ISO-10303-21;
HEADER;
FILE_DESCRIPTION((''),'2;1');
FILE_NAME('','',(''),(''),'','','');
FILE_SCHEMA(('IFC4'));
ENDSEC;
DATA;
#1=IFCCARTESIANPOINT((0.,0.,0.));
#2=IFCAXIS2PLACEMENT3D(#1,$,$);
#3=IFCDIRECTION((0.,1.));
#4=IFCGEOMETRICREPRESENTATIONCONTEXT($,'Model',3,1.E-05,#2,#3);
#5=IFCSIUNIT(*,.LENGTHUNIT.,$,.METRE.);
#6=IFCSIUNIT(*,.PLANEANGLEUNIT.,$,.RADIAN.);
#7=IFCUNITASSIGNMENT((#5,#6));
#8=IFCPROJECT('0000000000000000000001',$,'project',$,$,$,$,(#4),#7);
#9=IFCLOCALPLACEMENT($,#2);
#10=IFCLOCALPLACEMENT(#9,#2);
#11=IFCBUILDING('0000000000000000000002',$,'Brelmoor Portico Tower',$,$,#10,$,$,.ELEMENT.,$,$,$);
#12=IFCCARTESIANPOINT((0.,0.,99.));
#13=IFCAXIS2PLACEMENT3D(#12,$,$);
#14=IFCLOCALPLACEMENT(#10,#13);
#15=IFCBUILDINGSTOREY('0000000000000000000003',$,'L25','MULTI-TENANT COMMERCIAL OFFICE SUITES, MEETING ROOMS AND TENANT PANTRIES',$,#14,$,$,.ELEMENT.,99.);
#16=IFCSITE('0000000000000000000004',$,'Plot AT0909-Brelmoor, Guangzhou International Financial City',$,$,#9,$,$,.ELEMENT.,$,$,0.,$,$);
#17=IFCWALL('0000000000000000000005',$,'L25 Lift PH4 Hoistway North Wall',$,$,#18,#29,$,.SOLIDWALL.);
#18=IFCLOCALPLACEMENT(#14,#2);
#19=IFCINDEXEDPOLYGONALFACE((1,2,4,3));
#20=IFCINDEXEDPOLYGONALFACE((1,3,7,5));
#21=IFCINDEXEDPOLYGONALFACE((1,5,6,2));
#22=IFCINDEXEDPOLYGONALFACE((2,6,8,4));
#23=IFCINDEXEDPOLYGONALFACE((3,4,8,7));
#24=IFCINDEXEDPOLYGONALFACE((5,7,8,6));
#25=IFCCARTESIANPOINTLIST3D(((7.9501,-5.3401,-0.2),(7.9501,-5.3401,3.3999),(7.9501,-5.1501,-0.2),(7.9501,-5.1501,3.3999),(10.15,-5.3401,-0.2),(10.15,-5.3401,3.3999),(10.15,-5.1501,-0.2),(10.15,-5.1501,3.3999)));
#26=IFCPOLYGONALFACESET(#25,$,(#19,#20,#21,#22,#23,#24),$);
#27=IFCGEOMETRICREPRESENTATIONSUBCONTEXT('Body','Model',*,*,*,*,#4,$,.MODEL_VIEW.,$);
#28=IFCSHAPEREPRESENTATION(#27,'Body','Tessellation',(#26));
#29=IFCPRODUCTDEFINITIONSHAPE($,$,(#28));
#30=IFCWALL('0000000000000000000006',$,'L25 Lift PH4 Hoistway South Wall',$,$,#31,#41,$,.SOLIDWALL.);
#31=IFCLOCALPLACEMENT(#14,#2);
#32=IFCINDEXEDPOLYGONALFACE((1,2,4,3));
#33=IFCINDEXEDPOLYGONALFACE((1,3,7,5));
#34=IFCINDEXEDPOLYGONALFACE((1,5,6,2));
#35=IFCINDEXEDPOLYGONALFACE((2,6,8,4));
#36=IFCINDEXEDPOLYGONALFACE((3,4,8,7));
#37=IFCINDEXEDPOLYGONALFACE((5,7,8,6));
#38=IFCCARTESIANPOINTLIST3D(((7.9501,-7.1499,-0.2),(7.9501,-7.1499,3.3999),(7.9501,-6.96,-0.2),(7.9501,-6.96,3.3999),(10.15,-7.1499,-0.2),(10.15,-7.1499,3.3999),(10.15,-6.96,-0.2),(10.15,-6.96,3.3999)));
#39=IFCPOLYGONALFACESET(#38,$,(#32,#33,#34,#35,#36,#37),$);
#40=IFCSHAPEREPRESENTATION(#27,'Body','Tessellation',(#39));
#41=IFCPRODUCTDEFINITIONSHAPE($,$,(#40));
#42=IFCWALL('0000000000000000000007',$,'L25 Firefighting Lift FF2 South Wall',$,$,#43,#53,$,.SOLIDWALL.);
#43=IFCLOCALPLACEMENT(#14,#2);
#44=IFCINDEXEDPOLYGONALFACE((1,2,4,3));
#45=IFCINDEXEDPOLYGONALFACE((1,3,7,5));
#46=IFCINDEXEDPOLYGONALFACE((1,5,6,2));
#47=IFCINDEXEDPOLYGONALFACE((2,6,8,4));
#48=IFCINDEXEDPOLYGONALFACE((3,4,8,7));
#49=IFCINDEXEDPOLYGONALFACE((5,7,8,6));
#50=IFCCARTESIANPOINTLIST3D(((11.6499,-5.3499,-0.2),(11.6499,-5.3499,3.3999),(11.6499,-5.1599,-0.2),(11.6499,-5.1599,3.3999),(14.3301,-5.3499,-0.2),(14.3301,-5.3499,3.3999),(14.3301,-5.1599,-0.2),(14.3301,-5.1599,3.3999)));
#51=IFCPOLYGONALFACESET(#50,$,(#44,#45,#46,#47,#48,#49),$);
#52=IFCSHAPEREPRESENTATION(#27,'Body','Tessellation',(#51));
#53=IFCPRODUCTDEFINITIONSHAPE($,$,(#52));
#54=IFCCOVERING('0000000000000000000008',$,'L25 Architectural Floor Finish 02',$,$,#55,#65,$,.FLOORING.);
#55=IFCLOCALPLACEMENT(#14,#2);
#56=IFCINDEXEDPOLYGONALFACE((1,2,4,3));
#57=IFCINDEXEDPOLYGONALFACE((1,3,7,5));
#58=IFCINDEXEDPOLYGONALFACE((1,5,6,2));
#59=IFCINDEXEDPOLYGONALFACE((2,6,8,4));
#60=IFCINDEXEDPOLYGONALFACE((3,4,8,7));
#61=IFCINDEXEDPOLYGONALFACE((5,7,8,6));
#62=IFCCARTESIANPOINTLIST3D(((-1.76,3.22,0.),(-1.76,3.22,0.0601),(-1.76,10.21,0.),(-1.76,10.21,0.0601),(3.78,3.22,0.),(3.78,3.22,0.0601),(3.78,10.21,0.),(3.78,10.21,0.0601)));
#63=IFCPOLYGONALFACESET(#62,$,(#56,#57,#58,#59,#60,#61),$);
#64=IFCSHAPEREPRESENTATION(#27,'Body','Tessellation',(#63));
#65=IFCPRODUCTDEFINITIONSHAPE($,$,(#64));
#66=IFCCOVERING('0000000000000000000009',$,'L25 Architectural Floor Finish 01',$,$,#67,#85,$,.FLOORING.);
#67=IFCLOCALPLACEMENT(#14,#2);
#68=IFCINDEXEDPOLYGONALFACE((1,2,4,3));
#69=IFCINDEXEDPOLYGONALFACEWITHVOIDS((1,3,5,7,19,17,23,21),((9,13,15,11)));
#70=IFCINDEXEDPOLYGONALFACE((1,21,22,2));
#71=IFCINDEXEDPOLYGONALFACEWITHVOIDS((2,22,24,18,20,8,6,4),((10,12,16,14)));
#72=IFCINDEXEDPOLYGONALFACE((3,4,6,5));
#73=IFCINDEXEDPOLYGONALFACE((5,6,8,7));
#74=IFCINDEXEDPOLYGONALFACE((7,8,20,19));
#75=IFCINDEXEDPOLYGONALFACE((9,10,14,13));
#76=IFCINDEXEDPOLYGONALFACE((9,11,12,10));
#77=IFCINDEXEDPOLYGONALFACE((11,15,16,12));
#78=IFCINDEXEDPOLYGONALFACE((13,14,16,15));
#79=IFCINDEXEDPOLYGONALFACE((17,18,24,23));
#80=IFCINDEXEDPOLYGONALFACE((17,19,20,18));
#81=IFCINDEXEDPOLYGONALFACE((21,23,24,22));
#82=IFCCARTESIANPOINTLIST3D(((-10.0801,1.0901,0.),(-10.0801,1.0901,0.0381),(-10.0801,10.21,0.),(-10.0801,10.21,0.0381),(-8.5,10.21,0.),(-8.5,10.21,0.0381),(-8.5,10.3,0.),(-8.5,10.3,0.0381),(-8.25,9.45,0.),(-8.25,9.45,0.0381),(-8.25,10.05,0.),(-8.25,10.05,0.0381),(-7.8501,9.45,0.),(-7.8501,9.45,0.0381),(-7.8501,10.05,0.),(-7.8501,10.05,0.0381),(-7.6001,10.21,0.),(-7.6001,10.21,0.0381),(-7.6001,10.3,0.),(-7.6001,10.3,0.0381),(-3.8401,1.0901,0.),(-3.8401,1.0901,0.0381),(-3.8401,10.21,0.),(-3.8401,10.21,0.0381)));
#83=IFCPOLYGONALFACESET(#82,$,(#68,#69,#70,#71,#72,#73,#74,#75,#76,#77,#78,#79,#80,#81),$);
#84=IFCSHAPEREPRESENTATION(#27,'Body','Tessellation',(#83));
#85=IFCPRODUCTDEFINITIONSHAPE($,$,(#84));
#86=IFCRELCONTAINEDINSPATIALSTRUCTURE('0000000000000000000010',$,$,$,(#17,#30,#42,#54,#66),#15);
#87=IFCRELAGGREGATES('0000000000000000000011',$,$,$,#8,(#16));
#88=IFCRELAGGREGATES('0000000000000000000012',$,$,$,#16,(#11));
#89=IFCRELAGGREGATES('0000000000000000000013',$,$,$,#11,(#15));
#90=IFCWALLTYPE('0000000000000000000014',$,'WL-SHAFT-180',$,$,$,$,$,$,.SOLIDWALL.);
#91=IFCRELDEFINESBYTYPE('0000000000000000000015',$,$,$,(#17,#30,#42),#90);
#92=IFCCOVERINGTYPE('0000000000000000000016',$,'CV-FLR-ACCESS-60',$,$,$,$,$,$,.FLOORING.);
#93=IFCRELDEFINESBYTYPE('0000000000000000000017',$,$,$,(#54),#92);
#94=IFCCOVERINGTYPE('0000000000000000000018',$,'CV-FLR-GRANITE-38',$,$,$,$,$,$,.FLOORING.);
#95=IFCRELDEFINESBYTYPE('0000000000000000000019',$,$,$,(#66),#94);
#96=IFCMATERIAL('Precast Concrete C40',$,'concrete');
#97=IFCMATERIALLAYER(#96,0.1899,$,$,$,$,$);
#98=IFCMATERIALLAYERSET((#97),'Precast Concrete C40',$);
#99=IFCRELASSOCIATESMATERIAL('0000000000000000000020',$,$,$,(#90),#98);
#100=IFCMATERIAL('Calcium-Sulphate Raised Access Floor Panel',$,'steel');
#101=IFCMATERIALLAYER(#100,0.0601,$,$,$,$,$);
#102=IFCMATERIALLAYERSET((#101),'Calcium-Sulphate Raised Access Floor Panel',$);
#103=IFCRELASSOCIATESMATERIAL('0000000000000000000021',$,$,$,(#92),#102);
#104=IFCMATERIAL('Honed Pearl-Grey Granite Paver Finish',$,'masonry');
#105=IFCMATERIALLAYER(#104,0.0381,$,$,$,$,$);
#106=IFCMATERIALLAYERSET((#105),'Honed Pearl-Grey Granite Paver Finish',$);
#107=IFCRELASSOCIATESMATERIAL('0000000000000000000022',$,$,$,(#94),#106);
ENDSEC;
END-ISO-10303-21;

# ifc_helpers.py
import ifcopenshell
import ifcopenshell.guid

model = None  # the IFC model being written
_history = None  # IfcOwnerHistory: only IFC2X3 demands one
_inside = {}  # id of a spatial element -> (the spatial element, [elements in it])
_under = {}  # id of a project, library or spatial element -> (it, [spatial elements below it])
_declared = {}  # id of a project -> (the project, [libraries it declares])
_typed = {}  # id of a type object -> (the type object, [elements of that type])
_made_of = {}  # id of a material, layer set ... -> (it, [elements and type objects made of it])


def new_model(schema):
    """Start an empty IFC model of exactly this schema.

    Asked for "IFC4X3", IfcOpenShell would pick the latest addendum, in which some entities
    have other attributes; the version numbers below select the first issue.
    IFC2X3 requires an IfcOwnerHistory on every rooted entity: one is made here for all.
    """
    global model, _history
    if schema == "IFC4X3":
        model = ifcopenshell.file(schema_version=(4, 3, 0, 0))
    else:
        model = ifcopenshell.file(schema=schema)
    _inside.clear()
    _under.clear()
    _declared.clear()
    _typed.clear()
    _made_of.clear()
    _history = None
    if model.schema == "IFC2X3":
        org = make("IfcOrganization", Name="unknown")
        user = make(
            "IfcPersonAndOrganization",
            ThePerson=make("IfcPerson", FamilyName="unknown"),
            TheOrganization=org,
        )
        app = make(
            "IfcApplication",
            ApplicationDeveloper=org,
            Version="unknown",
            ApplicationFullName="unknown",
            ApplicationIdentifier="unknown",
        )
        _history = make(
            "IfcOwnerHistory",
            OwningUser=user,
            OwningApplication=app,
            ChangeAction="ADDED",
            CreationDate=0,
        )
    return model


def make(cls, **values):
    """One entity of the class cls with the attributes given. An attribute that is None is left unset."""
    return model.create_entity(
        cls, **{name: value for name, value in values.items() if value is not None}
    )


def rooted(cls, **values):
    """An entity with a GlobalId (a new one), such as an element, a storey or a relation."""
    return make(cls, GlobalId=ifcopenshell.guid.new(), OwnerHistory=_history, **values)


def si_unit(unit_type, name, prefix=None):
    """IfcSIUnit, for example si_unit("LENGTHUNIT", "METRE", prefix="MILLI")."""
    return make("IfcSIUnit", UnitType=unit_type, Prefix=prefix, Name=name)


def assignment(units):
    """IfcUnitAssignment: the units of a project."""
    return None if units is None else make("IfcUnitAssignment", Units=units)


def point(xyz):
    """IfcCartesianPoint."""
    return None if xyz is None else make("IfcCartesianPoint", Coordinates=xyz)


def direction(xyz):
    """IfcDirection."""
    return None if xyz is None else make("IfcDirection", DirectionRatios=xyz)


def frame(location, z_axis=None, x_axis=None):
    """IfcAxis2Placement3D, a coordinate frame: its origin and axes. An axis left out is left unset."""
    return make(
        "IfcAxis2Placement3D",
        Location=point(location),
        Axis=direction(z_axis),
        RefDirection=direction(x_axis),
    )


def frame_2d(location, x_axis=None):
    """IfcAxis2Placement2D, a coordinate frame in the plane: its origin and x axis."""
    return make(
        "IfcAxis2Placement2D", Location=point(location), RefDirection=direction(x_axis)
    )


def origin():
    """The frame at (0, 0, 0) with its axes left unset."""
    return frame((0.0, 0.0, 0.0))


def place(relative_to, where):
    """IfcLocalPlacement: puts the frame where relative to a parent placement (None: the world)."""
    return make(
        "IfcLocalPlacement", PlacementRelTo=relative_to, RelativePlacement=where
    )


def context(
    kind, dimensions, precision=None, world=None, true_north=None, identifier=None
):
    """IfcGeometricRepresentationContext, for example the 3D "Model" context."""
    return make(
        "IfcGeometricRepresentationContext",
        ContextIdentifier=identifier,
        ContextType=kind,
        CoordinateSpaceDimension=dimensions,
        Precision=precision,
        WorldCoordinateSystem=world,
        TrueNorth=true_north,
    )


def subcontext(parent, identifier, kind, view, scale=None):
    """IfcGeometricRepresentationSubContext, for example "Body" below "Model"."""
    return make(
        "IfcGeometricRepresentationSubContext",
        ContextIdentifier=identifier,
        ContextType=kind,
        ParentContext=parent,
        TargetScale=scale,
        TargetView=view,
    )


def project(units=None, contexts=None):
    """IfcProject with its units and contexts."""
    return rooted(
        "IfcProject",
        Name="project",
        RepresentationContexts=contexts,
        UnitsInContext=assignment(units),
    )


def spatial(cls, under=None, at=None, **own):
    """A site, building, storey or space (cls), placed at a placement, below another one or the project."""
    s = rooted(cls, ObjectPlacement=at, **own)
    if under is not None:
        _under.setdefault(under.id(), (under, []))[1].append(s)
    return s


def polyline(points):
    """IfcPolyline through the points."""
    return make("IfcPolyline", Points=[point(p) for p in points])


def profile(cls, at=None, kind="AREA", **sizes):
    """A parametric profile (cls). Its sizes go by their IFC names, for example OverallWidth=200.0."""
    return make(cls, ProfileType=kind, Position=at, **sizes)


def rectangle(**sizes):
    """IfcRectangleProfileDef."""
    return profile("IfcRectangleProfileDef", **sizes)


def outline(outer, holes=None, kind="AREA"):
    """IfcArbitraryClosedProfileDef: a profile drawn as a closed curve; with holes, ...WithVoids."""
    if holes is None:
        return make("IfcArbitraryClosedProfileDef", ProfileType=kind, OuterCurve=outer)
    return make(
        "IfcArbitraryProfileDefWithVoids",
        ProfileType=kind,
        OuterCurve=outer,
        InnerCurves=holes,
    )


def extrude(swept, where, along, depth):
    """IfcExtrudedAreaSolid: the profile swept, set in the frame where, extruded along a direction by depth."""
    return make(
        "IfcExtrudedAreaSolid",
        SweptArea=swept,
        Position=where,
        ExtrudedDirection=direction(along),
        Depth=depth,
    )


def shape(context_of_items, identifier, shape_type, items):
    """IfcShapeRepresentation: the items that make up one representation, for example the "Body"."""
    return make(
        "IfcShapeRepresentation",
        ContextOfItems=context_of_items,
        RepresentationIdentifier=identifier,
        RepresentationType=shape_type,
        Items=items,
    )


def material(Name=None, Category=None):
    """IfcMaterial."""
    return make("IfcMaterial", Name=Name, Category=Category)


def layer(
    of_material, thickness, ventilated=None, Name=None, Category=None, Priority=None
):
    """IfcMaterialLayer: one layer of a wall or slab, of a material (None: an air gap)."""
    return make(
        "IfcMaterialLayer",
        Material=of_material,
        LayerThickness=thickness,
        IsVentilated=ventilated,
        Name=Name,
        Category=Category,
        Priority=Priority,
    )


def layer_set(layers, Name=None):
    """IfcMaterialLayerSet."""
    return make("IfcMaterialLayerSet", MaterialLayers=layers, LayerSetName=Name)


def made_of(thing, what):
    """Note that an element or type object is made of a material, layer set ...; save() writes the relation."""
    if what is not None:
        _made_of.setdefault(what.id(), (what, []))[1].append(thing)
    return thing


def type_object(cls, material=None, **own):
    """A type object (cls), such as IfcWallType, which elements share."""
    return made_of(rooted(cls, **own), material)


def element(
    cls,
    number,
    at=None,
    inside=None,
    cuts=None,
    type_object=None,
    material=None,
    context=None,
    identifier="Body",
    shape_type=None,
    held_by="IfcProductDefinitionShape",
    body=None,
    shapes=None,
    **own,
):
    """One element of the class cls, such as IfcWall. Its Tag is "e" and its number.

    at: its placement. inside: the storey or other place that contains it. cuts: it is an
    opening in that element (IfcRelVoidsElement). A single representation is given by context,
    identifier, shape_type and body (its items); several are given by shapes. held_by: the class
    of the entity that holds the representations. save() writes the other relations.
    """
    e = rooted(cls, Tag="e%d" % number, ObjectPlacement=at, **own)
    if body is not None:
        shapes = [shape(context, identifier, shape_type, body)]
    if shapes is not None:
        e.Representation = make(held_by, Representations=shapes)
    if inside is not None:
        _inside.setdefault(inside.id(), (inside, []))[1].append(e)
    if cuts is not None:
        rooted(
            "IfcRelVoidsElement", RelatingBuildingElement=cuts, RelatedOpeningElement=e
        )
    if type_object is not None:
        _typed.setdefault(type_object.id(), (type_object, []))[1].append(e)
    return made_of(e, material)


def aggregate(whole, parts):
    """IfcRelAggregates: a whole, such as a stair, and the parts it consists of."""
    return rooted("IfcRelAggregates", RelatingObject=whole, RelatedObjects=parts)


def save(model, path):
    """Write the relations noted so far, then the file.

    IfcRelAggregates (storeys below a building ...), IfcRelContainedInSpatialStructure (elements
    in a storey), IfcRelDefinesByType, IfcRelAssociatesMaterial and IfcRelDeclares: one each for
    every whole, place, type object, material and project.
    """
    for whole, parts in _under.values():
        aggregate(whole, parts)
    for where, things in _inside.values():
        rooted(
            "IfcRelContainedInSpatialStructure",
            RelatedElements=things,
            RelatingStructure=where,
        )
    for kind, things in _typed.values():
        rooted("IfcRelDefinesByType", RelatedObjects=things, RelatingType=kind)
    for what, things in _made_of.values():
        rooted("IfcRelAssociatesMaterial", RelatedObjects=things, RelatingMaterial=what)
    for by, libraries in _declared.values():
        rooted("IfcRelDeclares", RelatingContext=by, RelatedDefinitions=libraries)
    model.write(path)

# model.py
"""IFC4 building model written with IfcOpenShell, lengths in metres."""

from ifc_helpers import new_model, si_unit, direction, frame, frame_2d, origin, place, context, subcontext, project, spatial, polyline, rectangle, outline, extrude, material, layer, layer_set, type_object, element, save


model = new_model("IFC4")

# Units and contexts
model_context = context("Model", 3, precision=1e-05, world=origin(), true_north=direction((0.0, 1.0)))
body_context = subcontext(model_context, "Body", "Model", "MODEL_VIEW")
ifc_project = project(units=[si_unit("LENGTHUNIT", "METRE"), si_unit("PLANEANGLEUNIT", "RADIAN")], contexts=[model_context])

# Site, building, storey
site_placement = place(None, origin())
site = spatial("IfcSite", under=ifc_project, at=site_placement, Name="Plot AT0909-Brelmoor, Guangzhou International Financial City", CompositionType="ELEMENT", RefElevation=0.0)
building_placement = place(site_placement, origin())
building = spatial("IfcBuilding", under=site, at=building_placement, Name="Brelmoor Portico Tower", CompositionType="ELEMENT")
storey_placement = place(building_placement, frame((0.0, 0.0, 99.0)))
storey = spatial("IfcBuildingStorey", under=building, at=storey_placement, Name="L25", Description="MULTI-TENANT COMMERCIAL OFFICE SUITES, MEETING ROOMS AND TENANT PANTRIES", CompositionType="ELEMENT", Elevation=99.0)

# Shared definitions
ifc_material_1 = material(Name="Precast Concrete C40", Category="concrete")
ifc_layer_1 = layer(ifc_material_1, 0.1899)
ifc_layer_set_1 = layer_set([ifc_layer_1], Name="Precast Concrete C40")
wall_type_1 = type_object("IfcWallType", Name="WL-SHAFT-180", PredefinedType="SOLIDWALL", material=ifc_layer_set_1)

# Walls
for number, where, z_axis, x_axis, name in (
    (1, (7.95, -5.2451, -0.2), (0.0, 0.0, 1.0), (1.0, 0.0, 0.0), "L25 Lift PH4 Hoistway North Wall"),
    (2, (7.95, -7.0549, -0.2), (0.0, 0.0, 1.0), (1.0, 0.0, 0.0), "L25 Lift PH4 Hoistway South Wall"),
):
    element("IfcWall", number, at=place(storey_placement, frame(where, z_axis=z_axis, x_axis=x_axis)), inside=storey, type_object=wall_type_1, Name=name, PredefinedType="SOLIDWALL", context=body_context, shape_type="SweptSolid", body=[
        extrude(rectangle(XDim=2.2, YDim=0.1899, at=frame_2d((1.1001, 0.0))), origin(), (0.0, 0.0, 1.0), 3.5999),
    ])
wall_1_placement = place(storey_placement, frame((11.6499, -5.2549, -0.2), z_axis=(0.0, 0.0, 1.0), x_axis=(1.0, 0.0, 0.0)))
element("IfcWall", 3, at=wall_1_placement, inside=storey, type_object=wall_type_1, Name="L25 Firefighting Lift FF2 South Wall", PredefinedType="SOLIDWALL", context=body_context, shape_type="SweptSolid", body=[
    extrude(rectangle(XDim=2.6802, YDim=0.1899, at=frame_2d((1.3401, 0.0))), origin(), (0.0, 0.0, 1.0), 3.5999),
])

# Coverings
ifc_material_2 = material(Name="Calcium-Sulphate Raised Access Floor Panel", Category="steel")
ifc_layer_2 = layer(ifc_material_2, 0.0601)
ifc_layer_set_2 = layer_set([ifc_layer_2], Name="Calcium-Sulphate Raised Access Floor Panel")
covering_type_1 = type_object("IfcCoveringType", Name="CV-FLR-ACCESS-60", PredefinedType="FLOORING", material=ifc_layer_set_2)
covering_1_placement = place(storey_placement, origin())
element("IfcCovering", 4, at=covering_1_placement, inside=storey, type_object=covering_type_1, Name="L25 Architectural Floor Finish 02", PredefinedType="FLOORING", context=body_context, shape_type="SweptSolid", body=[
    extrude(outline(polyline([(-1.76, 3.22), (-1.76, 10.21), (3.78, 10.21), (3.78, 3.22), (-1.76, 3.22)])), origin(), (0.0, 0.0, 1.0), 0.0601),
])
ifc_material_3 = material(Name="Honed Pearl-Grey Granite Paver Finish", Category="masonry")
ifc_layer_3 = layer(ifc_material_3, 0.0381)
ifc_layer_set_3 = layer_set([ifc_layer_3], Name="Honed Pearl-Grey Granite Paver Finish")
covering_type_2 = type_object("IfcCoveringType", Name="CV-FLR-GRANITE-38", PredefinedType="FLOORING", material=ifc_layer_set_3)
covering_2_placement = place(storey_placement, origin())
element("IfcCovering", 5, at=covering_2_placement, inside=storey, type_object=covering_type_2, Name="L25 Architectural Floor Finish 01", PredefinedType="FLOORING", context=body_context, shape_type="SweptSolid", body=[
    extrude(outline(polyline([(-10.0801, 10.21), (-8.5, 10.21), (-8.5, 10.3), (-7.6001, 10.3), (-7.6001, 10.21), (-3.8401, 10.21), (-3.8401, 1.0901), (-10.0801, 1.0901), (-10.0801, 10.21)]), holes=[polyline([(-7.8501, 9.45), (-7.8501, 10.05), (-8.25, 10.05), (-8.25, 9.45), (-7.8501, 9.45)])]), origin(), (0.0, 0.0, 1.0), 0.0381),
])

save(model, "model.ifc")
